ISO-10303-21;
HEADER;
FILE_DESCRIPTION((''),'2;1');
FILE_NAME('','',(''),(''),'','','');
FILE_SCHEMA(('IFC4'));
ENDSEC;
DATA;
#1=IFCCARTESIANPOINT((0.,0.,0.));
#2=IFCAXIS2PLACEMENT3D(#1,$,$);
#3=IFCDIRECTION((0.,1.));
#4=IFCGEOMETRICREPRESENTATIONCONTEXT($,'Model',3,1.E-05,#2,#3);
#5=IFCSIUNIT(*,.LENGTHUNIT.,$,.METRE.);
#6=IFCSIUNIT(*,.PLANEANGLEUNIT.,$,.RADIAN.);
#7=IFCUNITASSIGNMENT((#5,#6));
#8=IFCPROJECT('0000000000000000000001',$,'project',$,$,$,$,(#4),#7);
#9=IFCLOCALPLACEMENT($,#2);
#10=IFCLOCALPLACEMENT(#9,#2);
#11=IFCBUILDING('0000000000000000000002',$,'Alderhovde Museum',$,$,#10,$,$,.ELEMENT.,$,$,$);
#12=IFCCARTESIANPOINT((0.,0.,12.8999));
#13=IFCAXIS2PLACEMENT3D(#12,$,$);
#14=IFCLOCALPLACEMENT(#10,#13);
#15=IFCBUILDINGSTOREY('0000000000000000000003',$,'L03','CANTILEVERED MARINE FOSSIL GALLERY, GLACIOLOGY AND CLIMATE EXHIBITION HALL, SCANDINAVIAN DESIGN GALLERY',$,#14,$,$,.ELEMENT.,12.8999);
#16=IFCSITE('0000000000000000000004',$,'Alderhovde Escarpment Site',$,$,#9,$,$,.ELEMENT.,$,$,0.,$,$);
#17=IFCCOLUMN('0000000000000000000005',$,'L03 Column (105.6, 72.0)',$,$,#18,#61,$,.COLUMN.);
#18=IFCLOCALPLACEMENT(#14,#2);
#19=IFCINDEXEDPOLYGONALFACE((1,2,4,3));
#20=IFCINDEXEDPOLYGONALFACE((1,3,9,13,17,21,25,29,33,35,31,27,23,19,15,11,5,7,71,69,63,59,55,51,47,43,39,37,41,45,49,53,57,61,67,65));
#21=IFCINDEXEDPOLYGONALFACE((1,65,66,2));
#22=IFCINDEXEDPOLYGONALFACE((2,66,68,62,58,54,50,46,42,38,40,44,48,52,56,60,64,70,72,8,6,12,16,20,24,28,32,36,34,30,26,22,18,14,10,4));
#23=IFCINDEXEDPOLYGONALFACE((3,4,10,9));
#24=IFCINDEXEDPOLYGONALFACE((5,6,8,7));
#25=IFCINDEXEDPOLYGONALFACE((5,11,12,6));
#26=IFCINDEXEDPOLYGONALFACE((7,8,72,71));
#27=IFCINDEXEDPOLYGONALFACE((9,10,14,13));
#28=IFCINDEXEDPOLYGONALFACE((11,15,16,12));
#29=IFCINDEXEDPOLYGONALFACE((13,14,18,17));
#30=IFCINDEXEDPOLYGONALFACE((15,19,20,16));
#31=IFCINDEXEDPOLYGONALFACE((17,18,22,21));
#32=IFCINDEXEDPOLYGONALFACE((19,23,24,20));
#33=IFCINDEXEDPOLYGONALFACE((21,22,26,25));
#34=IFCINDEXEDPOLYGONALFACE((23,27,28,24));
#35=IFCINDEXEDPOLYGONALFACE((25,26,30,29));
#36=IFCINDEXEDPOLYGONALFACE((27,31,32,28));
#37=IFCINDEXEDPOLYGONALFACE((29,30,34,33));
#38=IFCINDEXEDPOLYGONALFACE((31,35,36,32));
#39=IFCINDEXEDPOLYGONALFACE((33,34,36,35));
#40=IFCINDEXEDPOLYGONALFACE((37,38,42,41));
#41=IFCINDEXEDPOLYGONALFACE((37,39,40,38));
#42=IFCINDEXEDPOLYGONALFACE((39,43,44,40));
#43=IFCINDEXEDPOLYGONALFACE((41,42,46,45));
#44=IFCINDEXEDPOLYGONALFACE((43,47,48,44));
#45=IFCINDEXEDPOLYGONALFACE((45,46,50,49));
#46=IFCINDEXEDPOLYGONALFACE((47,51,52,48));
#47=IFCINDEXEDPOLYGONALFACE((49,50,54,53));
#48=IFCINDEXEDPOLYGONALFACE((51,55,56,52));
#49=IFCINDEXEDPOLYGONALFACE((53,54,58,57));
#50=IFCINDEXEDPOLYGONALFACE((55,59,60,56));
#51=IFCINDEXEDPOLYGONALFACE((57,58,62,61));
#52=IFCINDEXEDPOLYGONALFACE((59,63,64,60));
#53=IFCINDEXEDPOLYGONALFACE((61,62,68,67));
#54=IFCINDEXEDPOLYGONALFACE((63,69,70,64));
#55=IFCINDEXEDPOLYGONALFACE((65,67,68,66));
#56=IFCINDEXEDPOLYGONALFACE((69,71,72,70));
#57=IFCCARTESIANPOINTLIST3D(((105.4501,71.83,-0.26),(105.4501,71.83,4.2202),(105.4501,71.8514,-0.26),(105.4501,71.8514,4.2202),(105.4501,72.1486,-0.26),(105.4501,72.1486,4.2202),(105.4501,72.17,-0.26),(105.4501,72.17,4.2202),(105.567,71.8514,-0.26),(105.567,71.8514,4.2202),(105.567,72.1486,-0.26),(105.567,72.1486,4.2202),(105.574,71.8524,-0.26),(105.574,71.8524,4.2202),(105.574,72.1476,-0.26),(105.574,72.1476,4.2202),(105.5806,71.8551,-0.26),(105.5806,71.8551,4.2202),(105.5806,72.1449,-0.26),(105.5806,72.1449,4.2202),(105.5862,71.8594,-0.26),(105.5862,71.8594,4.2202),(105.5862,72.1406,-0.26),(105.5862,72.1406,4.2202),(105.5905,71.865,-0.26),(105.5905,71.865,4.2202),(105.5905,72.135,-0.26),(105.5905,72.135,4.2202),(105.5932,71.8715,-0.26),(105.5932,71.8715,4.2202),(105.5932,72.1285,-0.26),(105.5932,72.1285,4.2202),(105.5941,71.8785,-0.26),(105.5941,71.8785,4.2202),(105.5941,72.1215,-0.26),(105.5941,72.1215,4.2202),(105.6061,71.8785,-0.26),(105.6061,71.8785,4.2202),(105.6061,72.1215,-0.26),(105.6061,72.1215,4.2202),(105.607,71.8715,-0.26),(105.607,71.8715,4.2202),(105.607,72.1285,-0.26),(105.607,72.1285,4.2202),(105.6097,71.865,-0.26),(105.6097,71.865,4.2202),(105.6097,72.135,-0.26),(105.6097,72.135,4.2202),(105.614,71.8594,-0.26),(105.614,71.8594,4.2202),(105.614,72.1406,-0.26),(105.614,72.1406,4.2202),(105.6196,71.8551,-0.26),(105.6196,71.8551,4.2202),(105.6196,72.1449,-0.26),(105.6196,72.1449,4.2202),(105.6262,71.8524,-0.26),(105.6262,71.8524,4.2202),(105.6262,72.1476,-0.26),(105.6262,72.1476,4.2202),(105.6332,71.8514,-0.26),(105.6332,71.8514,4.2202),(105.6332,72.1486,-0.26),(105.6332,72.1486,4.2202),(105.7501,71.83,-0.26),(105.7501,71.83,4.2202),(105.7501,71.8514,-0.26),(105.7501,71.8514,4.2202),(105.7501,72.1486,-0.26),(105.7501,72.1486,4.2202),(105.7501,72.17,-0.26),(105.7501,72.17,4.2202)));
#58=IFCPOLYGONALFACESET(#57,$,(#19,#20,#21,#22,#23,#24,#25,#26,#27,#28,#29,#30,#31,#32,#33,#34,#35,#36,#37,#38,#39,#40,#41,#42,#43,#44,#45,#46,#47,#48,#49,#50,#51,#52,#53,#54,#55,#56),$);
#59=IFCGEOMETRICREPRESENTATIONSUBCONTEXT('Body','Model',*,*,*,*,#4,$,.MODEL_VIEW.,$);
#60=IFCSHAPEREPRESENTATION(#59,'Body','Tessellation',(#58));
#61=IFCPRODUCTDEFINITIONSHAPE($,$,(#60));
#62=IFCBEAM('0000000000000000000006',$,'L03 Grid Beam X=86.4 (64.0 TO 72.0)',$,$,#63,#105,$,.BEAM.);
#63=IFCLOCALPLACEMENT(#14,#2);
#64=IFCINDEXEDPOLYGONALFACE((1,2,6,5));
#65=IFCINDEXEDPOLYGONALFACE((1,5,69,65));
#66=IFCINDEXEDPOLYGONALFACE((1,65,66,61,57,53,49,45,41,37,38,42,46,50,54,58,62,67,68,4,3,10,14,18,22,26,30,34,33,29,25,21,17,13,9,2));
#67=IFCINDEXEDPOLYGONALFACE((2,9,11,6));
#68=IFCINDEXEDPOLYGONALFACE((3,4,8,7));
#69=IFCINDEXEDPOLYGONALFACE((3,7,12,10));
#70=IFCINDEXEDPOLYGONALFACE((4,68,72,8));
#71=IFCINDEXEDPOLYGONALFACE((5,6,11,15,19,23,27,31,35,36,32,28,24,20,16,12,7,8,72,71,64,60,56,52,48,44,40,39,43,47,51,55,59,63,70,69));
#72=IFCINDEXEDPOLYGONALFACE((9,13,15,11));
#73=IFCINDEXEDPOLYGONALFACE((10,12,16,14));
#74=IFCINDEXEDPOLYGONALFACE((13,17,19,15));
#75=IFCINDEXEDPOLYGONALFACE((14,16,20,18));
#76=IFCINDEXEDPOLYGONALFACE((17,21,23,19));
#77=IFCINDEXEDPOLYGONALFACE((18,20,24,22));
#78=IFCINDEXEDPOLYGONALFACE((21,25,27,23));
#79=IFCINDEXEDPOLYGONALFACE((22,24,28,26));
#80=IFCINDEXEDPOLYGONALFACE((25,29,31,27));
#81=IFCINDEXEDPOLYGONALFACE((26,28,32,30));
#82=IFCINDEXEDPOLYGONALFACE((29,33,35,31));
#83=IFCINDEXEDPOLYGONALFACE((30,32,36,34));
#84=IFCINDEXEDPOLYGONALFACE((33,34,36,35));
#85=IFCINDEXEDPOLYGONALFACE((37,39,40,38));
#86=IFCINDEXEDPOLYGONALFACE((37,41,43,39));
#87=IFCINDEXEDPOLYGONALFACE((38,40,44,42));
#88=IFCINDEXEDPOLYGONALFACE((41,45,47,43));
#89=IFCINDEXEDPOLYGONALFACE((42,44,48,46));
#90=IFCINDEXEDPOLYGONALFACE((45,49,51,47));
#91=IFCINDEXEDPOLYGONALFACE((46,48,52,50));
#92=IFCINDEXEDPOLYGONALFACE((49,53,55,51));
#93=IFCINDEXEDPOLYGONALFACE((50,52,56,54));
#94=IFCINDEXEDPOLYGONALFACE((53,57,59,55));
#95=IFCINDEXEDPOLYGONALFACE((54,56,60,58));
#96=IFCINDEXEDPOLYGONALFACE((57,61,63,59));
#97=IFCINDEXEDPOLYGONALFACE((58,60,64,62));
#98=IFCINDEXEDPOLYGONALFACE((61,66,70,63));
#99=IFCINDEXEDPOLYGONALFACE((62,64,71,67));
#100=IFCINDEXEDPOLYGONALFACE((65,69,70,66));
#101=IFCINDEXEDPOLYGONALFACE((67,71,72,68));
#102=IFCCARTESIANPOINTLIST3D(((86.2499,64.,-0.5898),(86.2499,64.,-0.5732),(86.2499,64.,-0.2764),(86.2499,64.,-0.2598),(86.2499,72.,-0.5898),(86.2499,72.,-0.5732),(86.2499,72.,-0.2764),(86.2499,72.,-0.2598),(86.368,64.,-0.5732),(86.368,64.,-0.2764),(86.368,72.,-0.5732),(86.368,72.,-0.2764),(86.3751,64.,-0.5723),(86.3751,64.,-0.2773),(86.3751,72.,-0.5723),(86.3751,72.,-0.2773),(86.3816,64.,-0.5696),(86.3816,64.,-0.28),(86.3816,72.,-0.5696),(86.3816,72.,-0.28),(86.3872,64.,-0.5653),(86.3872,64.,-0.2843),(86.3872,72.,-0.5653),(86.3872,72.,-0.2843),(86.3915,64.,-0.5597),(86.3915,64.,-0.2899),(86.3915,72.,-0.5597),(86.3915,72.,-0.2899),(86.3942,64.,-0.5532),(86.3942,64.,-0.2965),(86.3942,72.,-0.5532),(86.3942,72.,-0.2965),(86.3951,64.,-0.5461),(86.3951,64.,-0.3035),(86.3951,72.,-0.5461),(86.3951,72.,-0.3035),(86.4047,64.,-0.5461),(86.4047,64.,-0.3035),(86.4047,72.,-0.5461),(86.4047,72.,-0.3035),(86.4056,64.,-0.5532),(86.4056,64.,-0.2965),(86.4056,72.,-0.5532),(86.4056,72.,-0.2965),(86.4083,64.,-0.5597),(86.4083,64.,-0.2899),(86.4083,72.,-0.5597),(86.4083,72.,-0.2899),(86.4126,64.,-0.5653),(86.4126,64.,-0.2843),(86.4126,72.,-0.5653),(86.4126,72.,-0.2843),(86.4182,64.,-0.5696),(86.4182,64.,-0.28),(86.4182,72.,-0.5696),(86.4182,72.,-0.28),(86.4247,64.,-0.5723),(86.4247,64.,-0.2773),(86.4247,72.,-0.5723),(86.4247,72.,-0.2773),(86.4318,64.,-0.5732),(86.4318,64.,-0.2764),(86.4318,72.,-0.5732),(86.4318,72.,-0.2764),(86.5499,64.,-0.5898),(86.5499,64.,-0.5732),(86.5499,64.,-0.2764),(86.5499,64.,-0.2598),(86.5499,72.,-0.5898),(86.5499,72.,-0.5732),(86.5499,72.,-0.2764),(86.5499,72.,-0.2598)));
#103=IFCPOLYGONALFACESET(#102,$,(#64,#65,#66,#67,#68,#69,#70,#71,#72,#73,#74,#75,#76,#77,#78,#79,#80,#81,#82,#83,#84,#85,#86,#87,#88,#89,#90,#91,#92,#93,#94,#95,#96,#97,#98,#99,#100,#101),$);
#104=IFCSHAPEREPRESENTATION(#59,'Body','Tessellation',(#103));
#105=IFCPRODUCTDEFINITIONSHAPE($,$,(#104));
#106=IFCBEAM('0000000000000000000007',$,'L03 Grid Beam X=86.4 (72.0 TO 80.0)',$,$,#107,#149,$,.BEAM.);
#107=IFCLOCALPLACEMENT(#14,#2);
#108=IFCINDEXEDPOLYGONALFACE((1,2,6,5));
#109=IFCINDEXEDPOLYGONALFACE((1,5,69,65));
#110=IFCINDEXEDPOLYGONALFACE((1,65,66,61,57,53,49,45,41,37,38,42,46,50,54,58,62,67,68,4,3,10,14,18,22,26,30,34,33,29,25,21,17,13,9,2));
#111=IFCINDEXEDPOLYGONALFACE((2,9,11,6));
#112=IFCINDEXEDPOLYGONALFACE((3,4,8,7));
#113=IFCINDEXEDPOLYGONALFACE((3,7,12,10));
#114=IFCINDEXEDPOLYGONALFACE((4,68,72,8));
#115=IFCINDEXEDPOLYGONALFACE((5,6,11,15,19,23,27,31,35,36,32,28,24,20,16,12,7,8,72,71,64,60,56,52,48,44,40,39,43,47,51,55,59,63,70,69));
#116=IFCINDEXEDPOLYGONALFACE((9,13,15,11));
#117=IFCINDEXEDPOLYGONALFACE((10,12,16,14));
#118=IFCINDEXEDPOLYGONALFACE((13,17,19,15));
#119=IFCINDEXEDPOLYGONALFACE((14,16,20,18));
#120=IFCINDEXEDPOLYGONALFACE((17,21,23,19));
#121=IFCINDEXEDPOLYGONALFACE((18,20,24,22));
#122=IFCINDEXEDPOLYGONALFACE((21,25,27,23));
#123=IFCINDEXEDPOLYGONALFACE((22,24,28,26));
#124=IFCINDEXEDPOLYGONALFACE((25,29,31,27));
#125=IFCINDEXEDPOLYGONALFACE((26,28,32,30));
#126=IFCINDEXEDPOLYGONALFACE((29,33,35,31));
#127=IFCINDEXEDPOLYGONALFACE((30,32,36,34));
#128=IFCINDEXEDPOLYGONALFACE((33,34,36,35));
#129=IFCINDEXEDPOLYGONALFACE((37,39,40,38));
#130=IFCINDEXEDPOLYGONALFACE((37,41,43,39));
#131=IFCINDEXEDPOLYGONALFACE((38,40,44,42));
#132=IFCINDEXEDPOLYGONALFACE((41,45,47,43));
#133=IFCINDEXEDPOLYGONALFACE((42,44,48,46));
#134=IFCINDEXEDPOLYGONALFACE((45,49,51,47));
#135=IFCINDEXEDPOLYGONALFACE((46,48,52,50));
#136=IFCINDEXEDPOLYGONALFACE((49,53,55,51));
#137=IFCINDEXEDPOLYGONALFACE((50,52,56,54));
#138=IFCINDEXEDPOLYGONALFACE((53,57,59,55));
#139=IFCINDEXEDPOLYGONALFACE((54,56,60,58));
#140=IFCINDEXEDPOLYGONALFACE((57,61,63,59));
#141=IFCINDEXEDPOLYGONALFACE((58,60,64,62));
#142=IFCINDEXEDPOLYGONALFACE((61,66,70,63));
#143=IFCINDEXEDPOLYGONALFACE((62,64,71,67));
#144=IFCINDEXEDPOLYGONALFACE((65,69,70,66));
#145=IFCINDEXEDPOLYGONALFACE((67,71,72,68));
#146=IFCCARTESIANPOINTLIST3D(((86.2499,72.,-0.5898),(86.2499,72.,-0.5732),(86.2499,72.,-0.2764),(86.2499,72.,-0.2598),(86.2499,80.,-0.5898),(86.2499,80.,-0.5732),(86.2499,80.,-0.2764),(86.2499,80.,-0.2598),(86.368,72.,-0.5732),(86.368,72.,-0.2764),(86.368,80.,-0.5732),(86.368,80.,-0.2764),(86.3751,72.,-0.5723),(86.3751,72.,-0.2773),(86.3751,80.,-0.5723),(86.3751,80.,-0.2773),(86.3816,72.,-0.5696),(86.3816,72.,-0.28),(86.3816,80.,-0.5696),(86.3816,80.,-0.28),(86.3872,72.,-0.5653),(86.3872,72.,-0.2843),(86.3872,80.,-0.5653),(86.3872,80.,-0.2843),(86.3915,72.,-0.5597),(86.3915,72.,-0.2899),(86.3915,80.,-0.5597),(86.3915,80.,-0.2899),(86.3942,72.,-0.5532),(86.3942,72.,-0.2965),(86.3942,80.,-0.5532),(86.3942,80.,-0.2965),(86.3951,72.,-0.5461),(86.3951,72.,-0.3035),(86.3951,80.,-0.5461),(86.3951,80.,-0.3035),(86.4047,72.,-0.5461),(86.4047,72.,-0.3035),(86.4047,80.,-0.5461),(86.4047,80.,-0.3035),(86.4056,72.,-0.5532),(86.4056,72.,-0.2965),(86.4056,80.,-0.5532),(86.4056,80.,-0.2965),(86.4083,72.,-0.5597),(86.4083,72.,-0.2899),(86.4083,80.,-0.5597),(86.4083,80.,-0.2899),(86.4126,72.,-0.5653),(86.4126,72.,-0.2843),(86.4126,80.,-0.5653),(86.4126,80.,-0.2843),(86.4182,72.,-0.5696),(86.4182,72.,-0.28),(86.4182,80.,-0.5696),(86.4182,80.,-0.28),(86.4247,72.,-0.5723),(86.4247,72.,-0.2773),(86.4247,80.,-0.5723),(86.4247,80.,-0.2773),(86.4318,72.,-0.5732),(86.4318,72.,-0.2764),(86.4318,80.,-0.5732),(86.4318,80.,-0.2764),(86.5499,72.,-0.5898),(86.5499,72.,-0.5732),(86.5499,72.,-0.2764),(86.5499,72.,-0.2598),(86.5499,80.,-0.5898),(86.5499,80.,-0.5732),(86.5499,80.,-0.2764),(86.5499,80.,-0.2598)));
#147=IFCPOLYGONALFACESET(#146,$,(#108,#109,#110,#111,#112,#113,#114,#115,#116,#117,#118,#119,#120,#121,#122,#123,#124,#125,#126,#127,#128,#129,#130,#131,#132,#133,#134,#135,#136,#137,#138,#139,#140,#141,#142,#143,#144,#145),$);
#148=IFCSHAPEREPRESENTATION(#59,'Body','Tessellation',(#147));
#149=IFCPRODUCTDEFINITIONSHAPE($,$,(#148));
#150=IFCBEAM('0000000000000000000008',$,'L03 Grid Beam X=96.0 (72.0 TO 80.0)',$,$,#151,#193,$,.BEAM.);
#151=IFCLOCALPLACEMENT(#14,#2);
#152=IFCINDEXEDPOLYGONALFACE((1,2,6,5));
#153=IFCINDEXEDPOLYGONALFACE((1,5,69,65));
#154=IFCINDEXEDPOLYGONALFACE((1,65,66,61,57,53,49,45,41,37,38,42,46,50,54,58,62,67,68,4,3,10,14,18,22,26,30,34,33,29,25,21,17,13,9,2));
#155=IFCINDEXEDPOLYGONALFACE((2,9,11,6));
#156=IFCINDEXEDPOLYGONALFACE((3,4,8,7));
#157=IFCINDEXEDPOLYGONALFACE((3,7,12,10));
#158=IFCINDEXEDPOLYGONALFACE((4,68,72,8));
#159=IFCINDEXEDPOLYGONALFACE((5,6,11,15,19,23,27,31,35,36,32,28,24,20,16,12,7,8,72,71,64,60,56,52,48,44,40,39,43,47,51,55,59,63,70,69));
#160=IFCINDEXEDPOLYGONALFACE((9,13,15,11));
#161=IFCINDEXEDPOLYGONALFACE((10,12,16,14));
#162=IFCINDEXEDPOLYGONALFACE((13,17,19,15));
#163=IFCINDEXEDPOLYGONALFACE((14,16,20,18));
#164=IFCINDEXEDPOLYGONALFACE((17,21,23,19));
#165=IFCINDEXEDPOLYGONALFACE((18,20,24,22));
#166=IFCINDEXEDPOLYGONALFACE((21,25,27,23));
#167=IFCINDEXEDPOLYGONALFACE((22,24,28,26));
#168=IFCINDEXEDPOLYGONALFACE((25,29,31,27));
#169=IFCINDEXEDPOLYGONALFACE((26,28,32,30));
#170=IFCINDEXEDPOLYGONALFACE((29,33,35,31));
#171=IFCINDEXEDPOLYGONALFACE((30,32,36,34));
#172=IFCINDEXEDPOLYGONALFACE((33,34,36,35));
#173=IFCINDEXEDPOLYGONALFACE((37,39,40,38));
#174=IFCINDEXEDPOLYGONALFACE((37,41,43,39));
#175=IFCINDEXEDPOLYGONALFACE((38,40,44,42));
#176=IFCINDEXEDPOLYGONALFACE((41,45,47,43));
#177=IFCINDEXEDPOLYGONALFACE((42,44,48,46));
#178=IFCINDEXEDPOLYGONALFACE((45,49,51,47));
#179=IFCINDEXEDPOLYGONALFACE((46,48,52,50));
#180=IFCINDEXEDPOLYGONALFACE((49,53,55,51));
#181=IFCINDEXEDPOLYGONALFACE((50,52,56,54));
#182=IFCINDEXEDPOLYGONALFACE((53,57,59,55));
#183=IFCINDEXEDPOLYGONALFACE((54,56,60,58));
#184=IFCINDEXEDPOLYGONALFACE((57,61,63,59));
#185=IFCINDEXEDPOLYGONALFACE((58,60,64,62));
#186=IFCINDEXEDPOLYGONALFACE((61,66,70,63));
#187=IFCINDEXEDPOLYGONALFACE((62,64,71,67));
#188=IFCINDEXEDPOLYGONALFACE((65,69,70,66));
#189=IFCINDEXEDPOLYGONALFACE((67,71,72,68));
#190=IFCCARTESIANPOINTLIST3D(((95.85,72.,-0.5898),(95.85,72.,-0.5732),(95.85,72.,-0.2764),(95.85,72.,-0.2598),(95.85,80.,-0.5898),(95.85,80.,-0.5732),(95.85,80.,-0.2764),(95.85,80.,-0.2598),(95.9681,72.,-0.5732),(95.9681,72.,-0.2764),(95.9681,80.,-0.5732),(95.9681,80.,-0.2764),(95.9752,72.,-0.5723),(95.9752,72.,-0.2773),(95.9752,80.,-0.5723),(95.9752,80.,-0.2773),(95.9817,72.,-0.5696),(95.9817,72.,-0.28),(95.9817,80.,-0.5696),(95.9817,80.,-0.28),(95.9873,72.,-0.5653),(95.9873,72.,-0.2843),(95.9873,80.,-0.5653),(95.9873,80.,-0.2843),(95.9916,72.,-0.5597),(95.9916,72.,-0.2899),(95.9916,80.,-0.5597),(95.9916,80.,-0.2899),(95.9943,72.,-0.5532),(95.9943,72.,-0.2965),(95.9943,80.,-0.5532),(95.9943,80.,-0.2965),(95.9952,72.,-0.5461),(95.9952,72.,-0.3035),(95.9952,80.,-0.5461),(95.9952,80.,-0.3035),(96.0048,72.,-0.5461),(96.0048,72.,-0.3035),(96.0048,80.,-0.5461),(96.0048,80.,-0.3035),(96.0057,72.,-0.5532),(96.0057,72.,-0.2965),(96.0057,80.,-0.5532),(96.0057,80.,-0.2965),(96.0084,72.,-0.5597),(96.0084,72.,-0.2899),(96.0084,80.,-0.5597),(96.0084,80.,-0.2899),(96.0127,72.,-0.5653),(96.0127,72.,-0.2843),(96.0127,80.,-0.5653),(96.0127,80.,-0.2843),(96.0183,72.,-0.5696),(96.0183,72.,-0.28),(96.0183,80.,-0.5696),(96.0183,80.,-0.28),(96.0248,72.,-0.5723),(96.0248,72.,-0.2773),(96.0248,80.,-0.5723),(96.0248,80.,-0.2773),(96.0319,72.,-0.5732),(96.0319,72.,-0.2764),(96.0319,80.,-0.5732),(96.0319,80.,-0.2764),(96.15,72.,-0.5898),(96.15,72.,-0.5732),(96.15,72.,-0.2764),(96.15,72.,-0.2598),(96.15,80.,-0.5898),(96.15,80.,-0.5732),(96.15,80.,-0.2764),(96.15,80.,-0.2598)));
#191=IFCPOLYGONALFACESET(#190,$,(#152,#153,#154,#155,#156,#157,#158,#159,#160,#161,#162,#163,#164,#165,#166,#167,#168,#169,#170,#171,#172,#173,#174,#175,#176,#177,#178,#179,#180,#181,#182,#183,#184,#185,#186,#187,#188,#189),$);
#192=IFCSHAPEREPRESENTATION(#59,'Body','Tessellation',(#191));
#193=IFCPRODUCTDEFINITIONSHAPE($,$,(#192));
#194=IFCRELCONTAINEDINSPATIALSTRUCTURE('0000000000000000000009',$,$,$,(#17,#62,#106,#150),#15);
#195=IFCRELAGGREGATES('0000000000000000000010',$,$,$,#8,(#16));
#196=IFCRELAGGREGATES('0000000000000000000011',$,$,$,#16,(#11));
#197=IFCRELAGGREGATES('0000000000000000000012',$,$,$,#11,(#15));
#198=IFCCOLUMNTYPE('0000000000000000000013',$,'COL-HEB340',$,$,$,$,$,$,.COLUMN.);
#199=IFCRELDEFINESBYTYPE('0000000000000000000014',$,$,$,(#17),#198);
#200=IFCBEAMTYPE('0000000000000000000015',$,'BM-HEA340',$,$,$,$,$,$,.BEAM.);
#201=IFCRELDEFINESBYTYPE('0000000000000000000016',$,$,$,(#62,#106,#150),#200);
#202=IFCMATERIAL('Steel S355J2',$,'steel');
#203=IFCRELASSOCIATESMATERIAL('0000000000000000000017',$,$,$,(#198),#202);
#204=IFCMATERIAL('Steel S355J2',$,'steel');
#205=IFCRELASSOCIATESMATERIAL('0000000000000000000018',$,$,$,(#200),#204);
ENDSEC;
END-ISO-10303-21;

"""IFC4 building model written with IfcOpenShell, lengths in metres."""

from ifc_helpers import new_model, si_unit, direction, frame, origin, origin_2d, place, context, subcontext, project, spatial, i_section, extrude, material, material_profile, profile_set, type_object, element, save


model = new_model("IFC4")

# Units and contexts
model_context = context("Model", 3, precision=1e-05, world=origin(), true_north=direction((0.0, 1.0)))
body_context = subcontext(model_context, "Body", "Model", "MODEL_VIEW")
ifc_project = project(units=[si_unit("LENGTHUNIT", "METRE"), si_unit("PLANEANGLEUNIT", "RADIAN")], contexts=[model_context])

# Site, building, storey
site_placement = place(None, origin())
site = spatial("IfcSite", under=ifc_project, at=site_placement, Name="Alderhovde Escarpment Site", CompositionType="ELEMENT", RefElevation=0.0)
building_placement = place(site_placement, origin())
building = spatial("IfcBuilding", under=site, at=building_placement, Name="Alderhovde Museum", CompositionType="ELEMENT")
storey_placement = place(building_placement, frame((0.0, 0.0, 12.8999)))
storey = spatial("IfcBuildingStorey", under=building, at=storey_placement, Name="L03", Description="CANTILEVERED MARINE FOSSIL GALLERY, GLACIOLOGY AND CLIMATE EXHIBITION HALL, SCANDINAVIAN DESIGN GALLERY", CompositionType="ELEMENT", Elevation=12.8999)

# Column
ifc_material_1 = material(Name="Steel S355J2", Category="steel")
ifc_material_profile_1 = material_profile(ifc_material_1, i_section(OverallWidth=0.3, OverallDepth=0.3401, WebThickness=0.012, FlangeThickness=0.0215, FilletRadius=0.0271, at=origin_2d()), Name="HEB 340")
ifc_profile_set_1 = profile_set([ifc_material_profile_1], Name="Steel S355J2")
column_type_1 = type_object("IfcColumnType", Name="COL-HEB340", PredefinedType="COLUMN", material=ifc_profile_set_1)
for number, where, z_axis, x_axis, name in (
    (1, (105.6001, 72.0, -0.26), (0.0, 0.0, 1.0), (1.0, 0.0, 0.0), "L03 Column (105.6, 72.0)"),
):
    element("IfcColumn", number, at=place(storey_placement, frame(where, z_axis=z_axis, x_axis=x_axis)), inside=storey, type_object=column_type_1, Name=name, PredefinedType="COLUMN", context=body_context, shape_type="SweptSolid", body=[
        extrude(i_section(OverallWidth=0.3, OverallDepth=0.3401, WebThickness=0.012, FlangeThickness=0.0215, FilletRadius=0.0271, at=origin_2d()), origin(), (0.0, 0.0, 1.0), 4.4802),
    ])

# Beams
ifc_material_2 = material(Name="Steel S355J2", Category="steel")
ifc_material_profile_2 = material_profile(ifc_material_2, i_section(OverallWidth=0.3, OverallDepth=0.3301, WebThickness=0.0095, FlangeThickness=0.0166, FilletRadius=0.0271, at=origin_2d()), Name="HEA 340")
ifc_profile_set_2 = profile_set([ifc_material_profile_2], Name="Steel S355J2")
beam_type_1 = type_object("IfcBeamType", Name="BM-HEA340", PredefinedType="BEAM", material=ifc_profile_set_2)
for number, where, z_axis, x_axis, name in (
    (2, (86.3999, 64.0, -0.4248), (0.0, 1.0, 0.0), (-1.0, 0.0, 0.0), "L03 Grid Beam X=86.4 (64.0 TO 72.0)"),
    (3, (86.3999, 72.0, -0.4248), (0.0, 1.0, 0.0), (-1.0, 0.0, 0.0), "L03 Grid Beam X=86.4 (72.0 TO 80.0)"),
    (4, (96.0, 72.0, -0.4248), (0.0, 1.0, 0.0), (-1.0, 0.0, 0.0), "L03 Grid Beam X=96.0 (72.0 TO 80.0)"),
):
    element("IfcBeam", number, at=place(storey_placement, frame(where, z_axis=z_axis, x_axis=x_axis)), inside=storey, type_object=beam_type_1, Name=name, PredefinedType="BEAM", context=body_context, shape_type="SweptSolid", body=[
        extrude(i_section(OverallWidth=0.3, OverallDepth=0.3301, WebThickness=0.0095, FlangeThickness=0.0166, FilletRadius=0.0271, at=origin_2d()), origin(), (0.0, 0.0, 1.0), 8.0),
    ])

save(model, "model.ifc")
